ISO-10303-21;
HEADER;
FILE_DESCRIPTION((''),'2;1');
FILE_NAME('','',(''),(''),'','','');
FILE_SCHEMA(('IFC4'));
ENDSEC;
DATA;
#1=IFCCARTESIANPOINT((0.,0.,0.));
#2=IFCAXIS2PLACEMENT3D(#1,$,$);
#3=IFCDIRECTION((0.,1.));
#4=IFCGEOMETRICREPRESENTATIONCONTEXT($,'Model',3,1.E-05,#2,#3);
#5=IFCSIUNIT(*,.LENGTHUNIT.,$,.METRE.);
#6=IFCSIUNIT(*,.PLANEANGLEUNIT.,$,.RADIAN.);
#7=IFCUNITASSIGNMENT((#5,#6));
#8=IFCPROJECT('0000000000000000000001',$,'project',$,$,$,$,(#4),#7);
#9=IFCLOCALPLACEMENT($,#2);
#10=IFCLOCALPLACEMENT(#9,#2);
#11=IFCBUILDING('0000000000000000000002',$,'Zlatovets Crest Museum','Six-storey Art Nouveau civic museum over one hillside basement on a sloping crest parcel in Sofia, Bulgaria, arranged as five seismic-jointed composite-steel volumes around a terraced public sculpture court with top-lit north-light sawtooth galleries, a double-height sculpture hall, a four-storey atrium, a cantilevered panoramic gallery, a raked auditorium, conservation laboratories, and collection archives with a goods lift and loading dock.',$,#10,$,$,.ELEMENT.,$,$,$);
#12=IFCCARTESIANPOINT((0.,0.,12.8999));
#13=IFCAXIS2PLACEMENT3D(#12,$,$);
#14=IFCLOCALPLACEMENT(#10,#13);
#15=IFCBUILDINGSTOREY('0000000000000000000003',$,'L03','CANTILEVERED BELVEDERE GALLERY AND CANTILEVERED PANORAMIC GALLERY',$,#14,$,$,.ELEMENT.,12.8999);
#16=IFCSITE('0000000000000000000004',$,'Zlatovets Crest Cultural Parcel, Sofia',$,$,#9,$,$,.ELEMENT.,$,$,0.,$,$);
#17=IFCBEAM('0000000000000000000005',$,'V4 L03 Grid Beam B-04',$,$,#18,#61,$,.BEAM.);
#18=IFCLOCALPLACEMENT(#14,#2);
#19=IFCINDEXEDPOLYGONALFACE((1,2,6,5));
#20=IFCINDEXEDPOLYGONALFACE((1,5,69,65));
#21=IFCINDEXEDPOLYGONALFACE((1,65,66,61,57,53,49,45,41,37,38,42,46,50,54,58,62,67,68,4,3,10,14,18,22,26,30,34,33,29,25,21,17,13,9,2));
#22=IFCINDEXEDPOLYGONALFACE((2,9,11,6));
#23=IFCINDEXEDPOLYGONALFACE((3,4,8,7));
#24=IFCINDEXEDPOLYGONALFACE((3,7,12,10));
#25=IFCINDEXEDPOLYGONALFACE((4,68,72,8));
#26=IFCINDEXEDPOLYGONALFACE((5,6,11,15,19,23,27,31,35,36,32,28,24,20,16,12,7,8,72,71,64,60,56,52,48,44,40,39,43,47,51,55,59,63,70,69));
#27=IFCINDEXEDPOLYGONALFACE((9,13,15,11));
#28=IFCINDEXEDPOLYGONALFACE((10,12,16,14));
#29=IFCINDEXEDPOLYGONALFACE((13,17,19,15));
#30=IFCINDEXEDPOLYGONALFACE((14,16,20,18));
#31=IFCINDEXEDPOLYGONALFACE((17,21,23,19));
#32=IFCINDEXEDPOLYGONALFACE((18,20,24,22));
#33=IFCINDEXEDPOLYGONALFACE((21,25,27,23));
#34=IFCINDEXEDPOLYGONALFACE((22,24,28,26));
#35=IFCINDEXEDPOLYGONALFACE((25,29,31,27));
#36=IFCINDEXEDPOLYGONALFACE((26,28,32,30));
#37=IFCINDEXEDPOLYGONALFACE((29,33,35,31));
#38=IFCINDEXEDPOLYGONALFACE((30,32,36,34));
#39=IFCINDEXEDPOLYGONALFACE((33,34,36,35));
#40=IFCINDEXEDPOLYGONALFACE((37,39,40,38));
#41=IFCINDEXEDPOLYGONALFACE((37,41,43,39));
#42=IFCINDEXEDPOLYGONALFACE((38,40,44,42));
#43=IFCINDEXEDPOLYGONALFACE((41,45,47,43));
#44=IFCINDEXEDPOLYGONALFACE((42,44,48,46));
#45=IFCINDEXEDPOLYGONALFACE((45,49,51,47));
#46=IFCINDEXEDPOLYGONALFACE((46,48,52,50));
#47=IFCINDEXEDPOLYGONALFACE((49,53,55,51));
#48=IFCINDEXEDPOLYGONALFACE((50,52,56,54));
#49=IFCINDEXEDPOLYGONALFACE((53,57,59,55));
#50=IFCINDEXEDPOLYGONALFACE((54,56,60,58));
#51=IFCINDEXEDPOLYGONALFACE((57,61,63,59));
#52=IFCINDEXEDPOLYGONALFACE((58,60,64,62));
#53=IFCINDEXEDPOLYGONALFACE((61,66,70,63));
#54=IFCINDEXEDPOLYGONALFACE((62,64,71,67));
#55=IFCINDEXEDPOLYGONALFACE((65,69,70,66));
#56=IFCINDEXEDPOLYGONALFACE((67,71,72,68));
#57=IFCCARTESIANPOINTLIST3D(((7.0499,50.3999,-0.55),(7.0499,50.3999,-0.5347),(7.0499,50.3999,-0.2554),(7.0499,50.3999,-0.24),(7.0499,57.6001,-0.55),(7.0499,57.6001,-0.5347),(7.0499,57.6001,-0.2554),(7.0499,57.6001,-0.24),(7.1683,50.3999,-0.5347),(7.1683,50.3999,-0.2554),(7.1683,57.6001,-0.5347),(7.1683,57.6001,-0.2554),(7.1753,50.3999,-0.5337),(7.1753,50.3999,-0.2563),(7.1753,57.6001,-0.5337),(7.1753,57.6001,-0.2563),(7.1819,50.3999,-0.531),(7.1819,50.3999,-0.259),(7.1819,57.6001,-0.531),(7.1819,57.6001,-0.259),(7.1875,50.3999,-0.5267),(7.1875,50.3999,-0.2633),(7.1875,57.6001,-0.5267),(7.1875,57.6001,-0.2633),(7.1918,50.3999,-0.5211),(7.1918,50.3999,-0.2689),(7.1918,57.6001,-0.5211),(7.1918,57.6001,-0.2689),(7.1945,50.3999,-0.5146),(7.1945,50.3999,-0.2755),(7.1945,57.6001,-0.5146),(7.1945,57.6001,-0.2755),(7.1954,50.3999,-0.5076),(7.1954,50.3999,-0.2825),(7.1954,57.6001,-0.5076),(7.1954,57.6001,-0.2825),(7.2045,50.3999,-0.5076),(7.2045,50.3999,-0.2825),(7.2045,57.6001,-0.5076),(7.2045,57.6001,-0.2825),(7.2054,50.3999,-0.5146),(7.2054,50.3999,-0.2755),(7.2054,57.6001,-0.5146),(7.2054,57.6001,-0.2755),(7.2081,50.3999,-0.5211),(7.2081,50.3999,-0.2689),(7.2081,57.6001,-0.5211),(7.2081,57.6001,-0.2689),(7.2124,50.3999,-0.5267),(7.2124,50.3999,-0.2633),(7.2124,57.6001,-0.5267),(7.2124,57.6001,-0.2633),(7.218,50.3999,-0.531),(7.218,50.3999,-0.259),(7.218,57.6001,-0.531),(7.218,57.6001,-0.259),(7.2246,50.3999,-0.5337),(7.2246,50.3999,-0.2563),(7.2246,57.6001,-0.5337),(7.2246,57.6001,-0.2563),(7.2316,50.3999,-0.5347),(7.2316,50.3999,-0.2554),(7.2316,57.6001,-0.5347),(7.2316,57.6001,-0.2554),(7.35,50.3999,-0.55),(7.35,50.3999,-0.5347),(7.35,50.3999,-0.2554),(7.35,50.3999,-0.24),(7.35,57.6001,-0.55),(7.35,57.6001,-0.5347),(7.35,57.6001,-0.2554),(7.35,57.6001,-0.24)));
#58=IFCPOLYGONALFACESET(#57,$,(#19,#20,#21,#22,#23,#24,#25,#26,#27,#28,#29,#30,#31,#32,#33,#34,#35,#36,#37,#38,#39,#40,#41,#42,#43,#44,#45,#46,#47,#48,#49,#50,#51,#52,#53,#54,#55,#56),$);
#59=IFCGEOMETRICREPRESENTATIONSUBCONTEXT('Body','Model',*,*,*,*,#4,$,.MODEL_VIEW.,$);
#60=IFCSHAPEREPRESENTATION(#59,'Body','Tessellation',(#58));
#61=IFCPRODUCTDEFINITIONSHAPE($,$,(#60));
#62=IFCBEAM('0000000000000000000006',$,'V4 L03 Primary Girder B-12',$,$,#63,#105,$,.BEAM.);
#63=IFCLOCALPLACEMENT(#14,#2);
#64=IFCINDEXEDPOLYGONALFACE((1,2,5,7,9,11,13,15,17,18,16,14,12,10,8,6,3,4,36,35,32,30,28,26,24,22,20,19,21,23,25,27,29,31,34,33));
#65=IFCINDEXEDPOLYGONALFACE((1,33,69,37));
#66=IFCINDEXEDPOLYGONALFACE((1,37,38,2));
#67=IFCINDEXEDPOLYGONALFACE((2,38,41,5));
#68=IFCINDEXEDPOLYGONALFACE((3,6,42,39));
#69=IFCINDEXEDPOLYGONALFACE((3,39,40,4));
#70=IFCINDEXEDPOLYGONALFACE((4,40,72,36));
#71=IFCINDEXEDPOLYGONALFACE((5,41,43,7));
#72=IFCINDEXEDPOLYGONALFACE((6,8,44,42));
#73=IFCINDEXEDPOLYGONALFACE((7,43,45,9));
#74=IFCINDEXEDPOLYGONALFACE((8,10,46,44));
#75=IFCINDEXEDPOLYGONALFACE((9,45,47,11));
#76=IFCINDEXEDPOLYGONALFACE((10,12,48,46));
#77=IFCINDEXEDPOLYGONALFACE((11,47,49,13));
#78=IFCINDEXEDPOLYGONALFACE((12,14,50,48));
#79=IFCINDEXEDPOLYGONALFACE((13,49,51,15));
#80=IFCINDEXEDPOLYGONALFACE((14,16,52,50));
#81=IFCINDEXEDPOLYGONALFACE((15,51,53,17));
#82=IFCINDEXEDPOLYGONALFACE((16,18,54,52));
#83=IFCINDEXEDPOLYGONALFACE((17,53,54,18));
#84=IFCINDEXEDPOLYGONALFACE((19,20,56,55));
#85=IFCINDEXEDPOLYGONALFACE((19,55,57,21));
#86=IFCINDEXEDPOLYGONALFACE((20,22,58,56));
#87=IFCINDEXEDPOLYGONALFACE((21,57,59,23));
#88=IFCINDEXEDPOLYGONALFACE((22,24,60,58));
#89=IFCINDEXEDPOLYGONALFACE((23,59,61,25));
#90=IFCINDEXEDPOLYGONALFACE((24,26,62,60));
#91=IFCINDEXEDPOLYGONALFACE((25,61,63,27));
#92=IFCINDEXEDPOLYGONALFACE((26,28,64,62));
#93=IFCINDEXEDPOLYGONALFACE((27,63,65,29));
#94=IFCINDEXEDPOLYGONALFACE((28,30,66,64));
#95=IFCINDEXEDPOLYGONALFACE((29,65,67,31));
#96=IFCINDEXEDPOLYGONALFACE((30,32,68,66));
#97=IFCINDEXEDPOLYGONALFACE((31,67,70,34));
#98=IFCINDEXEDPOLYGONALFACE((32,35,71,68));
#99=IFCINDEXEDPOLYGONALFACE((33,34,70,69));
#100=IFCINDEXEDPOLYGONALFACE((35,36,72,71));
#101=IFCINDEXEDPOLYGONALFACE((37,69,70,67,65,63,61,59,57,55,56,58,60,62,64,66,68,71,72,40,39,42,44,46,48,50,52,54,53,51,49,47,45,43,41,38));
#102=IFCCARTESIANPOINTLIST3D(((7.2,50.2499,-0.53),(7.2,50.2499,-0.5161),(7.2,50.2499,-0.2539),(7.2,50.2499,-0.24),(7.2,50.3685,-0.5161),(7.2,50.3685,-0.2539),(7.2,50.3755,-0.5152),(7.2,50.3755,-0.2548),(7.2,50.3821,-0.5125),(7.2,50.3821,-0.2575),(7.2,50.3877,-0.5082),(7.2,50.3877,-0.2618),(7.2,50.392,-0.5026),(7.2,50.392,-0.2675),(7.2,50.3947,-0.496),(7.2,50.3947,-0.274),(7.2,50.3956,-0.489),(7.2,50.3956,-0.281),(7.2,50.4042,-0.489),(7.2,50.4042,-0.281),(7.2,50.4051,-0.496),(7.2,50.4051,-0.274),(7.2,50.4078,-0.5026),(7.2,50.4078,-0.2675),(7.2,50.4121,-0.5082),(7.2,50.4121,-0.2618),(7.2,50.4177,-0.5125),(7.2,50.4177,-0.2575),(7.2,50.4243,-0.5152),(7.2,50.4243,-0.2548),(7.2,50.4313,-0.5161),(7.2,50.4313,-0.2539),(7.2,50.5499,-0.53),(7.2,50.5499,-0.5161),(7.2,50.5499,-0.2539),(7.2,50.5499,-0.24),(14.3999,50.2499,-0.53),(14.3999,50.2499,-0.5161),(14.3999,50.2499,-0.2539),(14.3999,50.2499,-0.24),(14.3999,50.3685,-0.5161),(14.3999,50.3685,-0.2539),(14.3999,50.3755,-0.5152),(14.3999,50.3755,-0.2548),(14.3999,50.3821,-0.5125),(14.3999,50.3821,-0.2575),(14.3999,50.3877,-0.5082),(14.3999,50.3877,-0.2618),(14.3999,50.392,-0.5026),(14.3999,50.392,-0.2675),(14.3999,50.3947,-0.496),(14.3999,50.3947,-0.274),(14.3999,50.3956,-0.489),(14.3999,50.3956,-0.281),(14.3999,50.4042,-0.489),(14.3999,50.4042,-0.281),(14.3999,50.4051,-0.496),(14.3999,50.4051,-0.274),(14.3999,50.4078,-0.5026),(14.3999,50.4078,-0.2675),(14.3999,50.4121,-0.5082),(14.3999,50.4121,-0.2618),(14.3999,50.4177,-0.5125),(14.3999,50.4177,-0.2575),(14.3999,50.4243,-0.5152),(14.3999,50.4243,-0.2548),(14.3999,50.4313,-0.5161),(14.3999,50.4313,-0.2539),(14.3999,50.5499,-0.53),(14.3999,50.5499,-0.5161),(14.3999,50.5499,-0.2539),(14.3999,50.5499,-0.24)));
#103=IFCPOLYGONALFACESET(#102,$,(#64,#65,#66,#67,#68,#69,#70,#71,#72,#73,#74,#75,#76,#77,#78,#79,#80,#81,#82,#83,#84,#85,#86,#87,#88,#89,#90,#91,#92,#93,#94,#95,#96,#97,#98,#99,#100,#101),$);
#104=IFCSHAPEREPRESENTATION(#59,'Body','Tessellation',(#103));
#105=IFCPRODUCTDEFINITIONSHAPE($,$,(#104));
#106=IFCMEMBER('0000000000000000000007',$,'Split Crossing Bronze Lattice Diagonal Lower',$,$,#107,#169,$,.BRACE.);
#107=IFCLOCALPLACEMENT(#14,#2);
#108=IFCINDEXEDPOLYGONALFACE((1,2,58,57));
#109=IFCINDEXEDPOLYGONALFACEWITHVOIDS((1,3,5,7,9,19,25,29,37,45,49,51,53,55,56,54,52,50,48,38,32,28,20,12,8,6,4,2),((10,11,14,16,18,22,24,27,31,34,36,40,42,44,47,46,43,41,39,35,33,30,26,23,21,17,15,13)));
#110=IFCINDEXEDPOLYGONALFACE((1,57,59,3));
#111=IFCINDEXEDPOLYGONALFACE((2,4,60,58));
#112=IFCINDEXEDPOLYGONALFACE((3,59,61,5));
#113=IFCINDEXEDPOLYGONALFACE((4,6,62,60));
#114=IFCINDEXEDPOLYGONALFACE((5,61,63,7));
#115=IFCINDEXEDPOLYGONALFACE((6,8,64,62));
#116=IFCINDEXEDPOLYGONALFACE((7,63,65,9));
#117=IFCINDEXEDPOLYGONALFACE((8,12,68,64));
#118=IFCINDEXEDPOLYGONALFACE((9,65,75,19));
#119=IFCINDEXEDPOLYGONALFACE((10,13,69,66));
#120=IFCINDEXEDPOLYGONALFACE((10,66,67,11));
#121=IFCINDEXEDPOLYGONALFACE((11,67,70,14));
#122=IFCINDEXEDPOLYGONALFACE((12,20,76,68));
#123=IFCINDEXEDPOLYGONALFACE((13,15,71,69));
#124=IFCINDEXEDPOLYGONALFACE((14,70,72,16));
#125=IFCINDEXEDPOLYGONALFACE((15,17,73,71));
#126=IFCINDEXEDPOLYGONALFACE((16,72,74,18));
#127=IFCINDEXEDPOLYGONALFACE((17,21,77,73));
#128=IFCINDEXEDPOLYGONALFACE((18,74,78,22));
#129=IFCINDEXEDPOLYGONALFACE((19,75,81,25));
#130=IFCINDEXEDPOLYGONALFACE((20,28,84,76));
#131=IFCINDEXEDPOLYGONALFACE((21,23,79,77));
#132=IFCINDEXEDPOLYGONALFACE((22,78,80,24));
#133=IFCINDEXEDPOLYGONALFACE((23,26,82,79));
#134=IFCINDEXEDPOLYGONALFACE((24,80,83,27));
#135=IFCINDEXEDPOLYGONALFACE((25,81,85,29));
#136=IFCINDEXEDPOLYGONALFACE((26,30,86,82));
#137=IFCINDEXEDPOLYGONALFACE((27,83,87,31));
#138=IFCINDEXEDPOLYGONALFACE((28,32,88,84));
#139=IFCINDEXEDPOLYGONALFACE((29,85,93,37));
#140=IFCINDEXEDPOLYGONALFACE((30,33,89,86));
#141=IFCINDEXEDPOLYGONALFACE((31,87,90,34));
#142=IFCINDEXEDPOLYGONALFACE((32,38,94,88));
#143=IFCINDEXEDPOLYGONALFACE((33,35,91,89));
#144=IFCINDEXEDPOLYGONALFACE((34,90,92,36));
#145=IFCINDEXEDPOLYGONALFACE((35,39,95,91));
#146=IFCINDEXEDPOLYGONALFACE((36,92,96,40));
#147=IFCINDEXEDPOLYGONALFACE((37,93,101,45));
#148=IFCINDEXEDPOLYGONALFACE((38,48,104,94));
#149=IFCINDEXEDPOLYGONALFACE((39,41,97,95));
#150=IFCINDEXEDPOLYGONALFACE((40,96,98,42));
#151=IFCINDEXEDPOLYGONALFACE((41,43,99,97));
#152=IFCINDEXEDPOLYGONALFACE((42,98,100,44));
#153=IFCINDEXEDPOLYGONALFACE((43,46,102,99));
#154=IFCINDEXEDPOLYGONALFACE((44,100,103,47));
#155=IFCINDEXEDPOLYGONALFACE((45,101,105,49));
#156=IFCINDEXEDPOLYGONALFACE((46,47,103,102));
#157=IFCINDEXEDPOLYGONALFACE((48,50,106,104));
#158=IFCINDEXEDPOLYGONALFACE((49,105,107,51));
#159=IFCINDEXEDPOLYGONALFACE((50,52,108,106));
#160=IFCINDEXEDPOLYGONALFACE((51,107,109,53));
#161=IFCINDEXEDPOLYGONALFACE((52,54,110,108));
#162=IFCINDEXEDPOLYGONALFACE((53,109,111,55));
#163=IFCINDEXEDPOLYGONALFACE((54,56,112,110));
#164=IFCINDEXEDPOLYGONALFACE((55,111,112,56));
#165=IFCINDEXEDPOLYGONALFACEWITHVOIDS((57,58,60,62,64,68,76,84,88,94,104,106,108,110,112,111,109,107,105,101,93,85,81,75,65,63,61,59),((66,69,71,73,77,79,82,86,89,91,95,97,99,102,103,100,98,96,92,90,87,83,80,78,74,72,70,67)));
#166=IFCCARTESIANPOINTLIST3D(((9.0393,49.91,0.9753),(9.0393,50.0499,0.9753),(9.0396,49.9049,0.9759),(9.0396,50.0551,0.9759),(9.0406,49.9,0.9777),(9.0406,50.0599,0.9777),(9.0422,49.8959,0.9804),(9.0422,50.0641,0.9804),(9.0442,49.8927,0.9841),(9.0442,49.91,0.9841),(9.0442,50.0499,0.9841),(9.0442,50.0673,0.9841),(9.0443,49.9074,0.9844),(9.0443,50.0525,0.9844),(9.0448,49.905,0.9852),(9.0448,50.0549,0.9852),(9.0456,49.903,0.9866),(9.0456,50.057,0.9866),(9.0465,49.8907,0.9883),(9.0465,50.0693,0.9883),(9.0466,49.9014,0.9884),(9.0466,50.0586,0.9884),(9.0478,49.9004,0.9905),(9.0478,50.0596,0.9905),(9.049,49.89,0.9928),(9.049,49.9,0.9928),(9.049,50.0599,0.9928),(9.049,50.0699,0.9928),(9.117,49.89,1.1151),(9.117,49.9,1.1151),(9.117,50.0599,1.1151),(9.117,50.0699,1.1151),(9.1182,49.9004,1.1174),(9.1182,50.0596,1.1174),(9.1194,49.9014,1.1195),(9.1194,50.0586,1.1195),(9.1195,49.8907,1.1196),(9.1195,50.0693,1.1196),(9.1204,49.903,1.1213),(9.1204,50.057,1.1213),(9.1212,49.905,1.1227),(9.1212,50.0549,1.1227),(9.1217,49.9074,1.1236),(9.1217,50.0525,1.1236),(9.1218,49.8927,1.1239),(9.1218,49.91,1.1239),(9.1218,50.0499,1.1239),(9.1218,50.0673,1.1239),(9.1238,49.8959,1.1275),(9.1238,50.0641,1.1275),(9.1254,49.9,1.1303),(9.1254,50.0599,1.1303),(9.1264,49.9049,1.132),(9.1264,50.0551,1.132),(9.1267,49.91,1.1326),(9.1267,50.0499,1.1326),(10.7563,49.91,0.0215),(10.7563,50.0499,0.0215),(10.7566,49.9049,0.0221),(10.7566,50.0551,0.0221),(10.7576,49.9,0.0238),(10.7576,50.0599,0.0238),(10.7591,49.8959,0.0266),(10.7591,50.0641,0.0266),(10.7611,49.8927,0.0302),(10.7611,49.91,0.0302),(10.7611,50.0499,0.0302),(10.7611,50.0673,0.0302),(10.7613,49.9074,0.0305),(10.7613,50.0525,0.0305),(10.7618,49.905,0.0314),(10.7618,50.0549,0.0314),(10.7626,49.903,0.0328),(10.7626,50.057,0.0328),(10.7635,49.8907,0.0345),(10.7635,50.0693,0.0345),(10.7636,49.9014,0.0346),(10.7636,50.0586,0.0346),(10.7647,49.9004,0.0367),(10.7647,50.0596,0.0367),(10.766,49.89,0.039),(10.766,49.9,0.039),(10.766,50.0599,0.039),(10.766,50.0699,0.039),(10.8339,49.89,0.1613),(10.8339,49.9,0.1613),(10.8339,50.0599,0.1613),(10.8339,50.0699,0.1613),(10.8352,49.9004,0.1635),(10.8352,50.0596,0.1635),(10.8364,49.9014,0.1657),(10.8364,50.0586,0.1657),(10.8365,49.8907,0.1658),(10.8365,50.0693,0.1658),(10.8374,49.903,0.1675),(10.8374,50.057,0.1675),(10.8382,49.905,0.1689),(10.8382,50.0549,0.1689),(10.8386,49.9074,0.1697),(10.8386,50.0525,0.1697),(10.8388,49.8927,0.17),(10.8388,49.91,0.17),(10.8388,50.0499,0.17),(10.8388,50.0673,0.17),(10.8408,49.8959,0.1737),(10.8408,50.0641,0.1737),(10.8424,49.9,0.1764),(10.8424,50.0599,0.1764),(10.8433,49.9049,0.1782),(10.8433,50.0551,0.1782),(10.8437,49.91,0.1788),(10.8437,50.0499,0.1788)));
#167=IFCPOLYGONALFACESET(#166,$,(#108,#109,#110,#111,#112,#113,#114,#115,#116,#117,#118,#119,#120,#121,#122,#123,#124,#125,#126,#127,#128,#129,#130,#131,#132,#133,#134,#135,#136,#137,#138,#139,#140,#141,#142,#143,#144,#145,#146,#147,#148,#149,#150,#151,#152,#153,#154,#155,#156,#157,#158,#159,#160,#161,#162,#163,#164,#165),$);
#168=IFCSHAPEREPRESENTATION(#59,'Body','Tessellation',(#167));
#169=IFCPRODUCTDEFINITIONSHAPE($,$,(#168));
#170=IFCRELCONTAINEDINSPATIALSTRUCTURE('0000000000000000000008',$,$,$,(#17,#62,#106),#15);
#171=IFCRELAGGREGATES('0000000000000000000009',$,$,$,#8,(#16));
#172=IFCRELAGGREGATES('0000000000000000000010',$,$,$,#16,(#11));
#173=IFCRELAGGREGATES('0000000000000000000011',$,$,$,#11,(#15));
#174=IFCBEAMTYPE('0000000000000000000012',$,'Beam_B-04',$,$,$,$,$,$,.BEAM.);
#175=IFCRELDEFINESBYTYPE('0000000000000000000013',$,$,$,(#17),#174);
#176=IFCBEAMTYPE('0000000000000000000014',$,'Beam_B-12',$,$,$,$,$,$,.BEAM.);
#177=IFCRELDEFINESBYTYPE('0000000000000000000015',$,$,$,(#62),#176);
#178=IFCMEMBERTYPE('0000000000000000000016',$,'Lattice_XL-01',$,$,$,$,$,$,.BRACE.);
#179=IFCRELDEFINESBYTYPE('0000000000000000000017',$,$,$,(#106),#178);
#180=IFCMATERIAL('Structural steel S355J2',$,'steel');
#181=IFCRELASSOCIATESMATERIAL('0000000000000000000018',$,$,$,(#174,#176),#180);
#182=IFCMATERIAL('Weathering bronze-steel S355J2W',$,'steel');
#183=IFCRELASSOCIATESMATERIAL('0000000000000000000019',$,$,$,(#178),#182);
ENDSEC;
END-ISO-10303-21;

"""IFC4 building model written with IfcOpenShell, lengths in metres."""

from ifc_helpers import new_model, si_unit, direction, frame, origin, origin_2d, place, context, subcontext, project, spatial, hollow_rectangle, i_section, extrude, material, material_profile, profile_set, type_object, element, save


model = new_model("IFC4")

# Units and contexts
model_context = context("Model", 3, precision=1e-05, world=origin(), true_north=direction((0.0, 1.0)))
body_context = subcontext(model_context, "Body", "Model", "MODEL_VIEW")
ifc_project = project(units=[si_unit("LENGTHUNIT", "METRE"), si_unit("PLANEANGLEUNIT", "RADIAN")], contexts=[model_context])

# Site, building, storey
site_placement = place(None, origin())
site = spatial("IfcSite", under=ifc_project, at=site_placement, Name="Zlatovets Crest Cultural Parcel, Sofia", CompositionType="ELEMENT", RefElevation=0.0)
building_placement = place(site_placement, origin())
building = spatial("IfcBuilding", under=site, at=building_placement, Name="Zlatovets Crest Museum", Description="Six-storey Art Nouveau civic museum over one hillside basement on a sloping crest parcel in Sofia, Bulgaria, arranged as five seismic-jointed composite-steel volumes around a terraced public sculpture court with top-lit north-light sawtooth galleries, a double-height sculpture hall, a four-storey atrium, a cantilevered panoramic gallery, a raked auditorium, conservation laboratories, and collection archives with a goods lift and loading dock.", CompositionType="ELEMENT")
storey_placement = place(building_placement, frame((0.0, 0.0, 12.8999)))
storey = spatial("IfcBuildingStorey", under=building, at=storey_placement, Name="L03", Description="CANTILEVERED BELVEDERE GALLERY AND CANTILEVERED PANORAMIC GALLERY", CompositionType="ELEMENT", Elevation=12.8999)

# Beams
ifc_material_1 = material(Name="Structural steel S355J2", Category="steel")
ifc_material_profile_1 = material_profile(ifc_material_1, i_section(OverallWidth=0.3, OverallDepth=0.3101, WebThickness=0.009, FlangeThickness=0.0154, FilletRadius=0.0271, at=origin_2d()), Name="HEA 320")
ifc_profile_set_1 = profile_set([ifc_material_profile_1], Name="Structural steel S355J2")
beam_type_1 = type_object("IfcBeamType", Name="Beam_B-04", PredefinedType="BEAM", material=ifc_profile_set_1)
beam_1_placement = place(storey_placement, frame((7.2, 50.3999, -0.395), z_axis=(0.0, 1.0, 0.0), x_axis=(-1.0, 0.0, 0.0)))
element("IfcBeam", 1, at=beam_1_placement, inside=storey, type_object=beam_type_1, Name="V4 L03 Grid Beam B-04", PredefinedType="BEAM", context=body_context, shape_type="SweptSolid", body=[
    extrude(i_section(OverallWidth=0.3, OverallDepth=0.3101, WebThickness=0.009, FlangeThickness=0.0154, FilletRadius=0.0271, at=origin_2d()), origin(), (0.0, 0.0, 1.0), 7.2002),
])
ifc_material_profile_2 = material_profile(ifc_material_1, i_section(OverallWidth=0.3, OverallDepth=0.29, WebThickness=0.0085, FlangeThickness=0.0139, FilletRadius=0.0271, at=origin_2d()), Name="HEA 300")
ifc_profile_set_2 = profile_set([ifc_material_profile_2], Name="Structural steel S355J2")
beam_type_2 = type_object("IfcBeamType", Name="Beam_B-12", PredefinedType="BEAM", material=ifc_profile_set_2)
beam_2_placement = place(storey_placement, frame((7.2, 50.3999, -0.385), z_axis=(1.0, 0.0, 0.0), x_axis=(0.0, 1.0, 0.0)))
element("IfcBeam", 2, at=beam_2_placement, inside=storey, type_object=beam_type_2, Name="V4 L03 Primary Girder B-12", PredefinedType="BEAM", context=body_context, shape_type="SweptSolid", body=[
    extrude(i_section(OverallWidth=0.3, OverallDepth=0.29, WebThickness=0.0085, FlangeThickness=0.0139, FilletRadius=0.0271, at=origin_2d()), origin(), (0.0, 0.0, 1.0), 7.2),
])

# Member
ifc_material_2 = material(Name="Weathering bronze-steel S355J2W", Category="steel")
ifc_material_profile_3 = material_profile(ifc_material_2, hollow_rectangle(XDim=0.1799, YDim=0.1799, WallThickness=0.01, InnerFilletRadius=0.01, OuterFilletRadius=0.02, at=origin_2d()), Name="SHS 180x180x10.0")
ifc_profile_set_3 = profile_set([ifc_material_profile_3], Name="Weathering bronze-steel S355J2W")
member_type_1 = type_object("IfcMemberType", Name="Lattice_XL-01", PredefinedType="BRACE", material=ifc_profile_set_3)
member_1_placement = place(storey_placement, frame((9.083, 49.98, 1.054), z_axis=(0.874169, 0.0, -0.485622), x_axis=(0.0, 1.0, 0.0)))
element("IfcMember", 3, at=member_1_placement, inside=storey, type_object=member_type_1, Name="Split Crossing Bronze Lattice Diagonal Lower", PredefinedType="BRACE", context=body_context, shape_type="SweptSolid", body=[
    extrude(hollow_rectangle(XDim=0.1799, YDim=0.1799, WallThickness=0.01, InnerFilletRadius=0.01, OuterFilletRadius=0.02, at=origin_2d()), origin(), (0.0, 0.0, 1.0), 1.9641),
])

save(model, "model.ifc")
